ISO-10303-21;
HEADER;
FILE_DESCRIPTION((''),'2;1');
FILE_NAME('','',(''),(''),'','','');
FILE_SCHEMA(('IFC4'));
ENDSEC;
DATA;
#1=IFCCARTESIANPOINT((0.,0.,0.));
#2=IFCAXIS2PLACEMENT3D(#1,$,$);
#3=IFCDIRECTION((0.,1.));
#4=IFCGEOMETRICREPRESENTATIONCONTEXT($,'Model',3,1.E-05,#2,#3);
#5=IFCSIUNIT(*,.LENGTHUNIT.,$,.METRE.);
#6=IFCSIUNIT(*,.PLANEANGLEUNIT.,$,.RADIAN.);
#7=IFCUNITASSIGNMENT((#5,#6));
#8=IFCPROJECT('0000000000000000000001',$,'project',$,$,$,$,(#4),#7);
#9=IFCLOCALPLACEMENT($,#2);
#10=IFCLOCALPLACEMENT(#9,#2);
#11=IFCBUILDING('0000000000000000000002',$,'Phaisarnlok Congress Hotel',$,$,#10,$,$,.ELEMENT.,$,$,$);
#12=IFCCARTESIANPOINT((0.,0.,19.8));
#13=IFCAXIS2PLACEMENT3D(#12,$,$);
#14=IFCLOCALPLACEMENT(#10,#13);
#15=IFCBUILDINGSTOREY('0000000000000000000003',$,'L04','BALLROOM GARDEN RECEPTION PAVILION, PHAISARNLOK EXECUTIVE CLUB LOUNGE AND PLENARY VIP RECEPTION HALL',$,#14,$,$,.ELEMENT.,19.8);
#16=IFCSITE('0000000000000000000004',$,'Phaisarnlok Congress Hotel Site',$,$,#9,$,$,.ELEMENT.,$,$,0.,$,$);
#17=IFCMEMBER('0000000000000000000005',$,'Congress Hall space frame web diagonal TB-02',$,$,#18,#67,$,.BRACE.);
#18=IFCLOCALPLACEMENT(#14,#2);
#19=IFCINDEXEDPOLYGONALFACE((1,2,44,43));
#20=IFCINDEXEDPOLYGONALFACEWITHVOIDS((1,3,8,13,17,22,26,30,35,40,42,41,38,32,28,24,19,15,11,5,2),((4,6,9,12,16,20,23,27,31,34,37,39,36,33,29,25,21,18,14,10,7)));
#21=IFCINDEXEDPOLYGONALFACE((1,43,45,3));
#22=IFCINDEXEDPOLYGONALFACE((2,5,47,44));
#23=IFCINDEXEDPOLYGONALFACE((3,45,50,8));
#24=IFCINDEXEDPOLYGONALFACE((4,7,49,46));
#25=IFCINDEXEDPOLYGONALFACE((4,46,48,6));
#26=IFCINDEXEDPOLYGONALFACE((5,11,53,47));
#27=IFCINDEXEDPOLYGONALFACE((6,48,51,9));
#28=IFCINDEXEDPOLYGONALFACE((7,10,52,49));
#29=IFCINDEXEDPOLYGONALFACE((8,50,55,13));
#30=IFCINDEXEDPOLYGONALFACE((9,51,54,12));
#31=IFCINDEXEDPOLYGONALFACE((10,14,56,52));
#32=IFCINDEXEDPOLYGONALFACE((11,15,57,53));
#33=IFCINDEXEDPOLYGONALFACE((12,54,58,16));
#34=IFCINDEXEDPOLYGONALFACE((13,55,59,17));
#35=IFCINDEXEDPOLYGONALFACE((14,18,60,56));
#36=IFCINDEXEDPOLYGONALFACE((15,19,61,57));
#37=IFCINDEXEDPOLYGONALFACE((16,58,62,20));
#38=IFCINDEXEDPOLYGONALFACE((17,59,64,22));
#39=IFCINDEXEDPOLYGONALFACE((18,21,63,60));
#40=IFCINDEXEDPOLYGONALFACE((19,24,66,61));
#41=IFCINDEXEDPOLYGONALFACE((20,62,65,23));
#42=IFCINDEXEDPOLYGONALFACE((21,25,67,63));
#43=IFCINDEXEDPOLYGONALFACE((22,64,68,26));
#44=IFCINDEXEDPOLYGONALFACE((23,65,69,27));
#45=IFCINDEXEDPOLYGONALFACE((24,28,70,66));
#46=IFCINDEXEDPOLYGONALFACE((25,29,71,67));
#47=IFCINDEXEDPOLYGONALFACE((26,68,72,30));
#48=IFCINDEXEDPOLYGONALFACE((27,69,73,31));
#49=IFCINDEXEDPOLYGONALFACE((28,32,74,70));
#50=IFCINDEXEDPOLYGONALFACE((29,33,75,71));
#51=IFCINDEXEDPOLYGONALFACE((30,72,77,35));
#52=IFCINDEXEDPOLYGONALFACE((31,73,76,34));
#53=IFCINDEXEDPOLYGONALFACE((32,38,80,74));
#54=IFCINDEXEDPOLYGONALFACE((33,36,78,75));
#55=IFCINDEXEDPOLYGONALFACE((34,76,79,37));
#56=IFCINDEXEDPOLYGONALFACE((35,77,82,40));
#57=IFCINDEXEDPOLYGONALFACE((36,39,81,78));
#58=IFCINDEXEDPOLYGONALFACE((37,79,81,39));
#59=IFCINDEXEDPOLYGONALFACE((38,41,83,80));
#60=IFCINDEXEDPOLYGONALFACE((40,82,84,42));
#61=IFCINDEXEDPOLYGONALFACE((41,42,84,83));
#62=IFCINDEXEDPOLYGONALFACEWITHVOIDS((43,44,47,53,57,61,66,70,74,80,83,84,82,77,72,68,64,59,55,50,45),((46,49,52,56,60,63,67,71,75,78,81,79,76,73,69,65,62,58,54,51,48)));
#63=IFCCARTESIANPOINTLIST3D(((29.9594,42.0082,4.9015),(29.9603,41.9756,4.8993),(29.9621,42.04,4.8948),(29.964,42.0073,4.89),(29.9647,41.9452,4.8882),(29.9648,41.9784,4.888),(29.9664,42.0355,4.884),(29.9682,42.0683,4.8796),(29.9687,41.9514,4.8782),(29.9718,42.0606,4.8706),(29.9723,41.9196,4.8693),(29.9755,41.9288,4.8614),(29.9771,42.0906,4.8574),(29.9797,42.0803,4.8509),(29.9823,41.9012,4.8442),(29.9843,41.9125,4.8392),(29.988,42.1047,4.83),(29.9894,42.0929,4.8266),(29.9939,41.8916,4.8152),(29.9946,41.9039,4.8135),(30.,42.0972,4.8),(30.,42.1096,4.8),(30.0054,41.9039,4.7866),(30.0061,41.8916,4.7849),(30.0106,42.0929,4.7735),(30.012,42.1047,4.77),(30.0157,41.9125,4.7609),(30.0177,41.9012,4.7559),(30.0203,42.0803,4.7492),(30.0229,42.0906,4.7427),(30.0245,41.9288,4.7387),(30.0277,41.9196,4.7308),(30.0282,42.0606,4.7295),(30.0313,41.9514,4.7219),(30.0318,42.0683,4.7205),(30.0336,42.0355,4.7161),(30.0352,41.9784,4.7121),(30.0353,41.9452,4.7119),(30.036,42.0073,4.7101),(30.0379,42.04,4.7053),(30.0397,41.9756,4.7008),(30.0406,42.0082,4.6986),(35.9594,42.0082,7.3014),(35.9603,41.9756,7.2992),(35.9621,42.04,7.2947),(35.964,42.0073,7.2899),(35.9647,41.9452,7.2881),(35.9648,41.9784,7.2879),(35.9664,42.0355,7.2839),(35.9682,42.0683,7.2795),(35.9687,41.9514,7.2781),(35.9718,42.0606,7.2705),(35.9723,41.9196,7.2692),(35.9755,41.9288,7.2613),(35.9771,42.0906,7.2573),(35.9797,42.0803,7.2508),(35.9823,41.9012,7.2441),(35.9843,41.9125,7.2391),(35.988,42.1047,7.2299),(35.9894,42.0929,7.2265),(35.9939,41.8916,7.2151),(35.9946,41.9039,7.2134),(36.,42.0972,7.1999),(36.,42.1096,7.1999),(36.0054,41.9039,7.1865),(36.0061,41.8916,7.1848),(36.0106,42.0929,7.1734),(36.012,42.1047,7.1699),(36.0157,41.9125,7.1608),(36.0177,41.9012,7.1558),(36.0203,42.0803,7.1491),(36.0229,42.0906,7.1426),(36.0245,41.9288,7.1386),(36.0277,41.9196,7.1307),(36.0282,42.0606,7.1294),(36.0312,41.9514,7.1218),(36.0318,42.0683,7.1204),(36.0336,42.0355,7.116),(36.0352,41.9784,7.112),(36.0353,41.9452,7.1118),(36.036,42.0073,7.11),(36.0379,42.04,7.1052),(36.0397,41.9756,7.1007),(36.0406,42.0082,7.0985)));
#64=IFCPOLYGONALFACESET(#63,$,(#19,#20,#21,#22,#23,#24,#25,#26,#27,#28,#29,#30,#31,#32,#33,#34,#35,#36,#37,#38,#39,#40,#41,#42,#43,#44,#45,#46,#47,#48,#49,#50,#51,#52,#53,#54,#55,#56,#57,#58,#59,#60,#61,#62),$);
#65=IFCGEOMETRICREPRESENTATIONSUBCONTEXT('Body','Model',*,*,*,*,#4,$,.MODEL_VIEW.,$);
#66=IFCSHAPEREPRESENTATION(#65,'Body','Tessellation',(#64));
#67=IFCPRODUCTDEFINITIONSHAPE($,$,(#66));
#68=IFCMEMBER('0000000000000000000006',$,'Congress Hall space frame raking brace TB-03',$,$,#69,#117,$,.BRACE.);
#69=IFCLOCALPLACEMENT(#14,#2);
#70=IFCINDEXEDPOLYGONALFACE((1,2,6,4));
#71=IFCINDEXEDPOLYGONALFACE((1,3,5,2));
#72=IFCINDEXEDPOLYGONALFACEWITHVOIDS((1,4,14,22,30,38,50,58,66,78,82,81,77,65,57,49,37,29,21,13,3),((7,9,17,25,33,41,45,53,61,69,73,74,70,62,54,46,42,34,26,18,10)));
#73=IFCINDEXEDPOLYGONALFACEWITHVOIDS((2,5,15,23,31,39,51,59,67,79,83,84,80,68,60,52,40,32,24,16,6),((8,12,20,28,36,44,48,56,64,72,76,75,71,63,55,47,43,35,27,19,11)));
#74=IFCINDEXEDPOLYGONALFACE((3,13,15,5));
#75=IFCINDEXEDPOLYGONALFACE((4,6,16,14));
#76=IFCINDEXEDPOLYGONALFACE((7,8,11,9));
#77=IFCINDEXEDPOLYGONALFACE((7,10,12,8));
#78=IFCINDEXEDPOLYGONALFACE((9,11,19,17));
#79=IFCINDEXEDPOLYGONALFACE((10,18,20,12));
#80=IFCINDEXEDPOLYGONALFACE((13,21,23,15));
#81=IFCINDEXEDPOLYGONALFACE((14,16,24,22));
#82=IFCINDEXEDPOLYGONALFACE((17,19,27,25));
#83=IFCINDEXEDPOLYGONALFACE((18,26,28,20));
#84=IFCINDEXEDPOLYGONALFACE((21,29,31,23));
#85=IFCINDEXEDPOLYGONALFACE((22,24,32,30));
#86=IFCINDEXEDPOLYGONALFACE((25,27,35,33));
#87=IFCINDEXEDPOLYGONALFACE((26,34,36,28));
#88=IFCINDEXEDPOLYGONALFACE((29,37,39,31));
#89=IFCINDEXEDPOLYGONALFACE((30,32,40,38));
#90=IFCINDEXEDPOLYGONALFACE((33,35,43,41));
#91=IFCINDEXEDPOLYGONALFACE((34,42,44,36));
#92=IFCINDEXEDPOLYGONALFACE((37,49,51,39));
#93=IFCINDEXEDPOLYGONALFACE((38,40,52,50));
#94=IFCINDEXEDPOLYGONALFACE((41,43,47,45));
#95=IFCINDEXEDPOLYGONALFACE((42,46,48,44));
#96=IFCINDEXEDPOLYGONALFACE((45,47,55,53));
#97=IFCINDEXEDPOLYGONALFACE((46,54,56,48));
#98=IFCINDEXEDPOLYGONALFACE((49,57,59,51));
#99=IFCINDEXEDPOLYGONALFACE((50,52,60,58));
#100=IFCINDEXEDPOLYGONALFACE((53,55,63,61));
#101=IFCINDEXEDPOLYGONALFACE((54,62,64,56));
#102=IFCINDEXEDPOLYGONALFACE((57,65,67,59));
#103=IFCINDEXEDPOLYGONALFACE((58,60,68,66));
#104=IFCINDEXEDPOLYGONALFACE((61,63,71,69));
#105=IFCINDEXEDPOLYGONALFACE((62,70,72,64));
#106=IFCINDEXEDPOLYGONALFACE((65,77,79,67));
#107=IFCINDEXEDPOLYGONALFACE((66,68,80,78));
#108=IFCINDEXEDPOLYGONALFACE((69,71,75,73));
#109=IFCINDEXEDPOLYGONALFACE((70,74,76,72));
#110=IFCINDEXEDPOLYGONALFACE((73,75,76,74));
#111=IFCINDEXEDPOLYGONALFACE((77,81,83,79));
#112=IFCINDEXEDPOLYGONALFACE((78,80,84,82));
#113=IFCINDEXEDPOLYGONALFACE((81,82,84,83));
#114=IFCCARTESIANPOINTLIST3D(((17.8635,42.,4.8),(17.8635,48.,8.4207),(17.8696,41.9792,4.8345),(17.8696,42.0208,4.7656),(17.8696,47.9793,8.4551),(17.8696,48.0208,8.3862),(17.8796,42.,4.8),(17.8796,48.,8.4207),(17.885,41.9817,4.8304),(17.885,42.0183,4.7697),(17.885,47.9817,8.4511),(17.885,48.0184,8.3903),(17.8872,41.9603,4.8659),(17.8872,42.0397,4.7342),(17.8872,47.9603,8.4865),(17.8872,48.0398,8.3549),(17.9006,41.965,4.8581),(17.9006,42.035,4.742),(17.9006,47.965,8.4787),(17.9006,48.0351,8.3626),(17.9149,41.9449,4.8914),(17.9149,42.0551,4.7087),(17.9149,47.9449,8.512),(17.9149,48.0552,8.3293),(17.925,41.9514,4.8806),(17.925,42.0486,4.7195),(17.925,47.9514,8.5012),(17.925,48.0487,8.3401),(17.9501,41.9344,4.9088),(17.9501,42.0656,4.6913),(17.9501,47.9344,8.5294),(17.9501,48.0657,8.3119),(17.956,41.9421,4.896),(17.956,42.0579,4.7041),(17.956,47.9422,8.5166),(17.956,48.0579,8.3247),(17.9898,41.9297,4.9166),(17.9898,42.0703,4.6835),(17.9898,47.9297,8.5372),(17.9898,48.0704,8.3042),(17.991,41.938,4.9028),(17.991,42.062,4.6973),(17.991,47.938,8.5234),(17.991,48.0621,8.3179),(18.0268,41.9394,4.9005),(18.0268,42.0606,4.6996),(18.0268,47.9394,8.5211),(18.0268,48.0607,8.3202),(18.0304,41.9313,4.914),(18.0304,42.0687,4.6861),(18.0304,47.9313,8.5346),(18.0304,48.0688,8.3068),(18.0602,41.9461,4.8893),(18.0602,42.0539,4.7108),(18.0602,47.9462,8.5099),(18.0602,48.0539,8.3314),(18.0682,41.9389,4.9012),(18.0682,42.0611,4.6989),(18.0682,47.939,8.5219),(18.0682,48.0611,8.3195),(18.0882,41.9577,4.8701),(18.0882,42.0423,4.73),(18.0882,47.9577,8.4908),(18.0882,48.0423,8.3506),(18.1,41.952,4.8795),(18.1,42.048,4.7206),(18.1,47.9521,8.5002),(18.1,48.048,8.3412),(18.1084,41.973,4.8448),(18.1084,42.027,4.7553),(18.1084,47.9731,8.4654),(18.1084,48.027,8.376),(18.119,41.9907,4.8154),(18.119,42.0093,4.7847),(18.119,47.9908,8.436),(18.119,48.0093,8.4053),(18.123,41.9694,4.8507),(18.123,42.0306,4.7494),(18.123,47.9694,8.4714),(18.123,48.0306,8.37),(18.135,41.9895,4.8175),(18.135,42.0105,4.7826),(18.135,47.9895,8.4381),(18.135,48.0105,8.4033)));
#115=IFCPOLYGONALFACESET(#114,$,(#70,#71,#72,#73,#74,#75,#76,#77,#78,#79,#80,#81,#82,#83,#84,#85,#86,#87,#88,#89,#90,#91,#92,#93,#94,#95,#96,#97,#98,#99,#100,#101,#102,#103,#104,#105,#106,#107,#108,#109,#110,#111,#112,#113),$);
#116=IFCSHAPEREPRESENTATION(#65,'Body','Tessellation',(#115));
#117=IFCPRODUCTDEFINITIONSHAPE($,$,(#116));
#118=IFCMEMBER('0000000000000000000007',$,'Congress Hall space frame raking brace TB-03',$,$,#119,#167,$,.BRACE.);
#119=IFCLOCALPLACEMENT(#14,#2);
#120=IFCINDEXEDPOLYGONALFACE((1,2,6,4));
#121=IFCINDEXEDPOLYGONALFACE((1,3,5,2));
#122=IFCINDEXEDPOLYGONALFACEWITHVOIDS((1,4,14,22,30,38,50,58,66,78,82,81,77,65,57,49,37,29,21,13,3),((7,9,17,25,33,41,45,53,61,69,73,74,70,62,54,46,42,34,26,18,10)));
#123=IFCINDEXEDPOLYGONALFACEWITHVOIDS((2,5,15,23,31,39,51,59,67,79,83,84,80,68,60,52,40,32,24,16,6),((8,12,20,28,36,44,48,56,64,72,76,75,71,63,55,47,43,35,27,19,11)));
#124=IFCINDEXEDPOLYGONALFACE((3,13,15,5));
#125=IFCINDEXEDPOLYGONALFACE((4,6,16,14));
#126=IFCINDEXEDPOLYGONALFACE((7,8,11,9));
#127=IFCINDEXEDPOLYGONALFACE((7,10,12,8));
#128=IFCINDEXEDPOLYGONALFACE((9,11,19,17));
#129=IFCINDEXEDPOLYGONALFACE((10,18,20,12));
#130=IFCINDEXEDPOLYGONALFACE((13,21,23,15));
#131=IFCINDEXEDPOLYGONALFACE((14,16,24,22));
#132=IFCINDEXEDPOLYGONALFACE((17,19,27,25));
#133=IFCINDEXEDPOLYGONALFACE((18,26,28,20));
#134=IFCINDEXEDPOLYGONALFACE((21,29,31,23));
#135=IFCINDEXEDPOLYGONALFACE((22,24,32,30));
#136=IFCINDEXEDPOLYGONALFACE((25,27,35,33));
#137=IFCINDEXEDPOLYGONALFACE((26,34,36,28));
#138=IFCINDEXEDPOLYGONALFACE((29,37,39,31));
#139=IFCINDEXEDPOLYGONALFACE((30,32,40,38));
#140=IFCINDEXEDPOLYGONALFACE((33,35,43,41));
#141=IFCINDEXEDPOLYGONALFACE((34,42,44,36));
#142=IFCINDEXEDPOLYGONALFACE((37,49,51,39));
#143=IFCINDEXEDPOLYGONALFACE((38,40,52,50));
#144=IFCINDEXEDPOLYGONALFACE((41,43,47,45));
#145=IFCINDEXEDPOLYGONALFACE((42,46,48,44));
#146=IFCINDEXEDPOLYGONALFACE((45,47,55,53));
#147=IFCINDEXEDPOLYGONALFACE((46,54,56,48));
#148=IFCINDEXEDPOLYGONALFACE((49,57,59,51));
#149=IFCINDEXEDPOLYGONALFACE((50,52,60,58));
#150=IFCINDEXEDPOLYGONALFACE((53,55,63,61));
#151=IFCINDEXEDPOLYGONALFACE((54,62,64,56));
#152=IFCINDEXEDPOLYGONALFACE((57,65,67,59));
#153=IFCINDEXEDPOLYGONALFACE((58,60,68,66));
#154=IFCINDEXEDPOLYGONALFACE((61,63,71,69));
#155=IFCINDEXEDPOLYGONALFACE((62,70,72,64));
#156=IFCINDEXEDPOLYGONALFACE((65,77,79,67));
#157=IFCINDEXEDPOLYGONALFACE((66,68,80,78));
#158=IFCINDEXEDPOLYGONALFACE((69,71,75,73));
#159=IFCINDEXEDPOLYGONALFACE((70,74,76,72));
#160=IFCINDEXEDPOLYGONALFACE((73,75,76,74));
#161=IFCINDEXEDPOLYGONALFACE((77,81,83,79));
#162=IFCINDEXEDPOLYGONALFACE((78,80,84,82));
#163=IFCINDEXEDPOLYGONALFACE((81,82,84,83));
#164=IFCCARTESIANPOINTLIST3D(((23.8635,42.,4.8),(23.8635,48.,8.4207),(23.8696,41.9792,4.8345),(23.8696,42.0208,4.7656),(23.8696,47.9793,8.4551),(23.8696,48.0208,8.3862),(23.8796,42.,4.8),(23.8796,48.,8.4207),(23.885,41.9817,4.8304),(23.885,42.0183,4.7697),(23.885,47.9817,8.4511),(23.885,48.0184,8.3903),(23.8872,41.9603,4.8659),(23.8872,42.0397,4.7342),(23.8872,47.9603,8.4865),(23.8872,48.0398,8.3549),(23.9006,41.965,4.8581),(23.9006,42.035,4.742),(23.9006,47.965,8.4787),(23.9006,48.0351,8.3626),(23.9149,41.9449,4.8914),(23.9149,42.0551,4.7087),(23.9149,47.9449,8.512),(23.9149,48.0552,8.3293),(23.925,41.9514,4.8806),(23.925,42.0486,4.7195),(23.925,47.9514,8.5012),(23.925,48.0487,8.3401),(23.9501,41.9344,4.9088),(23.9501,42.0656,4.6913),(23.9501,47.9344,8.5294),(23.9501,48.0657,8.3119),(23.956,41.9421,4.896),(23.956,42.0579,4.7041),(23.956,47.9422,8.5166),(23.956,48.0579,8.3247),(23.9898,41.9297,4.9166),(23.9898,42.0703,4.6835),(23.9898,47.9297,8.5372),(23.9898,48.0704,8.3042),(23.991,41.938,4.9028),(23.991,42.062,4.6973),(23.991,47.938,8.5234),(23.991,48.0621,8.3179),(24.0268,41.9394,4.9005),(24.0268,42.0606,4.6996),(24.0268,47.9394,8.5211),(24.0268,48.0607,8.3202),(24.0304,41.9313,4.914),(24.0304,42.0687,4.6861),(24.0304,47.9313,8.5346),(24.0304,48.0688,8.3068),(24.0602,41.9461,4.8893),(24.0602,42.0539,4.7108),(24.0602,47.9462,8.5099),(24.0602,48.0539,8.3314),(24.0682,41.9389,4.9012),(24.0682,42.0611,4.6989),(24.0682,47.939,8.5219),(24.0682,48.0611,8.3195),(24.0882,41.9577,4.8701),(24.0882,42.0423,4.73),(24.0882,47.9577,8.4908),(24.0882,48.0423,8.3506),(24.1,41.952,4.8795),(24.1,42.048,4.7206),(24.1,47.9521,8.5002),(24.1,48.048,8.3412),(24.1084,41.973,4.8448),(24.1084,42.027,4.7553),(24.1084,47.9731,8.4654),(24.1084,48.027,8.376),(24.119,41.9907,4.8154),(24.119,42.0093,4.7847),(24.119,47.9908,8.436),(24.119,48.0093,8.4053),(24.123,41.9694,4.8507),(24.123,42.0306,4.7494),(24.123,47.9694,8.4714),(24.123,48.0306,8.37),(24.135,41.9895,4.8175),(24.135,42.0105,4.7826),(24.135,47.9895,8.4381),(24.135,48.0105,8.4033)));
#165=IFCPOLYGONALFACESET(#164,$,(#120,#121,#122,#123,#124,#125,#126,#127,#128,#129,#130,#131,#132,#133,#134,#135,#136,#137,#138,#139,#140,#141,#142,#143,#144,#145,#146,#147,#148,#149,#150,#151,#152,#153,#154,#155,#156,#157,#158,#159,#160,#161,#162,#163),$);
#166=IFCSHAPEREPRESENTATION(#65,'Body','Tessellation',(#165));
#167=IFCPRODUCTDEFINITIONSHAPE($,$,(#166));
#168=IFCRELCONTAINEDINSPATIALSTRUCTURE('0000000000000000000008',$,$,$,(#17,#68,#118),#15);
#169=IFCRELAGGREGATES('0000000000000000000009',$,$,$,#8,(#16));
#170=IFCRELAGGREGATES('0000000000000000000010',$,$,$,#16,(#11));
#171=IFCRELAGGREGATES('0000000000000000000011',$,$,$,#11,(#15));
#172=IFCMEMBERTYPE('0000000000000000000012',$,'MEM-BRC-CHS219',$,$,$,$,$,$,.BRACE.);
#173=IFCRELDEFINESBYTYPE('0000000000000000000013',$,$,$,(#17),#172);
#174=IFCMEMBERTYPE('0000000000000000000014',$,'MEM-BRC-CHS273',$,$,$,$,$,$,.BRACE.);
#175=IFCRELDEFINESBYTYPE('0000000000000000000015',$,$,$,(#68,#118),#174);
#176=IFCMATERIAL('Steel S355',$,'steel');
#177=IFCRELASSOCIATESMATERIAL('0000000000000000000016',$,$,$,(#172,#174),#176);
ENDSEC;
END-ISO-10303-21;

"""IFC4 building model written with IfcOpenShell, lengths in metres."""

from ifc_helpers import new_model, si_unit, direction, frame, origin, origin_2d, place, context, subcontext, project, spatial, hollow_circle, extrude, material, material_profile, profile_set, type_object, element, save


model = new_model("IFC4")

# Units and contexts
model_context = context("Model", 3, precision=1e-05, world=origin(), true_north=direction((0.0, 1.0)))
body_context = subcontext(model_context, "Body", "Model", "MODEL_VIEW")
ifc_project = project(units=[si_unit("LENGTHUNIT", "METRE"), si_unit("PLANEANGLEUNIT", "RADIAN")], contexts=[model_context])

# Site, building, storey
site_placement = place(None, origin())
site = spatial("IfcSite", under=ifc_project, at=site_placement, Name="Phaisarnlok Congress Hotel Site", CompositionType="ELEMENT", RefElevation=0.0)
building_placement = place(site_placement, origin())
building = spatial("IfcBuilding", under=site, at=building_placement, Name="Phaisarnlok Congress Hotel", CompositionType="ELEMENT")
storey_placement = place(building_placement, frame((0.0, 0.0, 19.8)))
storey = spatial("IfcBuildingStorey", under=building, at=storey_placement, Name="L04", Description="BALLROOM GARDEN RECEPTION PAVILION, PHAISARNLOK EXECUTIVE CLUB LOUNGE AND PLENARY VIP RECEPTION HALL", CompositionType="ELEMENT", Elevation=19.8)

# Members
ifc_material_1 = material(Name="Steel S355", Category="steel")
ifc_material_profile_1 = material_profile(ifc_material_1, hollow_circle(Radius=0.1096, WallThickness=0.0125, at=origin_2d()), Name="CHS 219.1x12.5")
ifc_profile_set_1 = profile_set([ifc_material_profile_1], Name="Steel S355")
member_type_1 = type_object("IfcMemberType", Name="MEM-BRC-CHS219", PredefinedType="BRACE", material=ifc_profile_set_1)
member_1_placement = place(storey_placement, frame((30.0, 42.0, 4.8), z_axis=(0.928482, 0.0, 0.371378), x_axis=(0.0, 1.0, 0.0)))
element("IfcMember", 1, at=member_1_placement, inside=storey, type_object=member_type_1, Name="Congress Hall space frame web diagonal TB-02", PredefinedType="BRACE", context=body_context, shape_type="SweptSolid", body=[
    extrude(hollow_circle(Radius=0.1096, WallThickness=0.0125, at=origin_2d()), origin(), (0.0, 0.0, 1.0), 6.4622),
])
ifc_material_profile_2 = material_profile(ifc_material_1, hollow_circle(Radius=0.1365, WallThickness=0.0161, at=origin_2d()), Name="CHS 273x16")
ifc_profile_set_2 = profile_set([ifc_material_profile_2], Name="Steel S355")
member_type_2 = type_object("IfcMemberType", Name="MEM-BRC-CHS273", PredefinedType="BRACE", material=ifc_profile_set_2)
for number, where, z_axis, x_axis, name in (
    (2, (18.0, 42.0, 4.8), (0.0, 0.856193, 0.516656), (-1.0, 0.0, 0.0), "Congress Hall space frame raking brace TB-03"),
    (3, (24.0, 42.0, 4.8), (0.0, 0.856193, 0.516656), (-1.0, 0.0, 0.0), "Congress Hall space frame raking brace TB-03"),
):
    element("IfcMember", number, at=place(storey_placement, frame(where, z_axis=z_axis, x_axis=x_axis)), inside=storey, type_object=member_type_2, Name=name, PredefinedType="BRACE", context=body_context, shape_type="SweptSolid", body=[
        extrude(hollow_circle(Radius=0.1365, WallThickness=0.0161, at=origin_2d()), origin(), (0.0, 0.0, 1.0), 7.0078),
    ])

save(model, "model.ifc")
